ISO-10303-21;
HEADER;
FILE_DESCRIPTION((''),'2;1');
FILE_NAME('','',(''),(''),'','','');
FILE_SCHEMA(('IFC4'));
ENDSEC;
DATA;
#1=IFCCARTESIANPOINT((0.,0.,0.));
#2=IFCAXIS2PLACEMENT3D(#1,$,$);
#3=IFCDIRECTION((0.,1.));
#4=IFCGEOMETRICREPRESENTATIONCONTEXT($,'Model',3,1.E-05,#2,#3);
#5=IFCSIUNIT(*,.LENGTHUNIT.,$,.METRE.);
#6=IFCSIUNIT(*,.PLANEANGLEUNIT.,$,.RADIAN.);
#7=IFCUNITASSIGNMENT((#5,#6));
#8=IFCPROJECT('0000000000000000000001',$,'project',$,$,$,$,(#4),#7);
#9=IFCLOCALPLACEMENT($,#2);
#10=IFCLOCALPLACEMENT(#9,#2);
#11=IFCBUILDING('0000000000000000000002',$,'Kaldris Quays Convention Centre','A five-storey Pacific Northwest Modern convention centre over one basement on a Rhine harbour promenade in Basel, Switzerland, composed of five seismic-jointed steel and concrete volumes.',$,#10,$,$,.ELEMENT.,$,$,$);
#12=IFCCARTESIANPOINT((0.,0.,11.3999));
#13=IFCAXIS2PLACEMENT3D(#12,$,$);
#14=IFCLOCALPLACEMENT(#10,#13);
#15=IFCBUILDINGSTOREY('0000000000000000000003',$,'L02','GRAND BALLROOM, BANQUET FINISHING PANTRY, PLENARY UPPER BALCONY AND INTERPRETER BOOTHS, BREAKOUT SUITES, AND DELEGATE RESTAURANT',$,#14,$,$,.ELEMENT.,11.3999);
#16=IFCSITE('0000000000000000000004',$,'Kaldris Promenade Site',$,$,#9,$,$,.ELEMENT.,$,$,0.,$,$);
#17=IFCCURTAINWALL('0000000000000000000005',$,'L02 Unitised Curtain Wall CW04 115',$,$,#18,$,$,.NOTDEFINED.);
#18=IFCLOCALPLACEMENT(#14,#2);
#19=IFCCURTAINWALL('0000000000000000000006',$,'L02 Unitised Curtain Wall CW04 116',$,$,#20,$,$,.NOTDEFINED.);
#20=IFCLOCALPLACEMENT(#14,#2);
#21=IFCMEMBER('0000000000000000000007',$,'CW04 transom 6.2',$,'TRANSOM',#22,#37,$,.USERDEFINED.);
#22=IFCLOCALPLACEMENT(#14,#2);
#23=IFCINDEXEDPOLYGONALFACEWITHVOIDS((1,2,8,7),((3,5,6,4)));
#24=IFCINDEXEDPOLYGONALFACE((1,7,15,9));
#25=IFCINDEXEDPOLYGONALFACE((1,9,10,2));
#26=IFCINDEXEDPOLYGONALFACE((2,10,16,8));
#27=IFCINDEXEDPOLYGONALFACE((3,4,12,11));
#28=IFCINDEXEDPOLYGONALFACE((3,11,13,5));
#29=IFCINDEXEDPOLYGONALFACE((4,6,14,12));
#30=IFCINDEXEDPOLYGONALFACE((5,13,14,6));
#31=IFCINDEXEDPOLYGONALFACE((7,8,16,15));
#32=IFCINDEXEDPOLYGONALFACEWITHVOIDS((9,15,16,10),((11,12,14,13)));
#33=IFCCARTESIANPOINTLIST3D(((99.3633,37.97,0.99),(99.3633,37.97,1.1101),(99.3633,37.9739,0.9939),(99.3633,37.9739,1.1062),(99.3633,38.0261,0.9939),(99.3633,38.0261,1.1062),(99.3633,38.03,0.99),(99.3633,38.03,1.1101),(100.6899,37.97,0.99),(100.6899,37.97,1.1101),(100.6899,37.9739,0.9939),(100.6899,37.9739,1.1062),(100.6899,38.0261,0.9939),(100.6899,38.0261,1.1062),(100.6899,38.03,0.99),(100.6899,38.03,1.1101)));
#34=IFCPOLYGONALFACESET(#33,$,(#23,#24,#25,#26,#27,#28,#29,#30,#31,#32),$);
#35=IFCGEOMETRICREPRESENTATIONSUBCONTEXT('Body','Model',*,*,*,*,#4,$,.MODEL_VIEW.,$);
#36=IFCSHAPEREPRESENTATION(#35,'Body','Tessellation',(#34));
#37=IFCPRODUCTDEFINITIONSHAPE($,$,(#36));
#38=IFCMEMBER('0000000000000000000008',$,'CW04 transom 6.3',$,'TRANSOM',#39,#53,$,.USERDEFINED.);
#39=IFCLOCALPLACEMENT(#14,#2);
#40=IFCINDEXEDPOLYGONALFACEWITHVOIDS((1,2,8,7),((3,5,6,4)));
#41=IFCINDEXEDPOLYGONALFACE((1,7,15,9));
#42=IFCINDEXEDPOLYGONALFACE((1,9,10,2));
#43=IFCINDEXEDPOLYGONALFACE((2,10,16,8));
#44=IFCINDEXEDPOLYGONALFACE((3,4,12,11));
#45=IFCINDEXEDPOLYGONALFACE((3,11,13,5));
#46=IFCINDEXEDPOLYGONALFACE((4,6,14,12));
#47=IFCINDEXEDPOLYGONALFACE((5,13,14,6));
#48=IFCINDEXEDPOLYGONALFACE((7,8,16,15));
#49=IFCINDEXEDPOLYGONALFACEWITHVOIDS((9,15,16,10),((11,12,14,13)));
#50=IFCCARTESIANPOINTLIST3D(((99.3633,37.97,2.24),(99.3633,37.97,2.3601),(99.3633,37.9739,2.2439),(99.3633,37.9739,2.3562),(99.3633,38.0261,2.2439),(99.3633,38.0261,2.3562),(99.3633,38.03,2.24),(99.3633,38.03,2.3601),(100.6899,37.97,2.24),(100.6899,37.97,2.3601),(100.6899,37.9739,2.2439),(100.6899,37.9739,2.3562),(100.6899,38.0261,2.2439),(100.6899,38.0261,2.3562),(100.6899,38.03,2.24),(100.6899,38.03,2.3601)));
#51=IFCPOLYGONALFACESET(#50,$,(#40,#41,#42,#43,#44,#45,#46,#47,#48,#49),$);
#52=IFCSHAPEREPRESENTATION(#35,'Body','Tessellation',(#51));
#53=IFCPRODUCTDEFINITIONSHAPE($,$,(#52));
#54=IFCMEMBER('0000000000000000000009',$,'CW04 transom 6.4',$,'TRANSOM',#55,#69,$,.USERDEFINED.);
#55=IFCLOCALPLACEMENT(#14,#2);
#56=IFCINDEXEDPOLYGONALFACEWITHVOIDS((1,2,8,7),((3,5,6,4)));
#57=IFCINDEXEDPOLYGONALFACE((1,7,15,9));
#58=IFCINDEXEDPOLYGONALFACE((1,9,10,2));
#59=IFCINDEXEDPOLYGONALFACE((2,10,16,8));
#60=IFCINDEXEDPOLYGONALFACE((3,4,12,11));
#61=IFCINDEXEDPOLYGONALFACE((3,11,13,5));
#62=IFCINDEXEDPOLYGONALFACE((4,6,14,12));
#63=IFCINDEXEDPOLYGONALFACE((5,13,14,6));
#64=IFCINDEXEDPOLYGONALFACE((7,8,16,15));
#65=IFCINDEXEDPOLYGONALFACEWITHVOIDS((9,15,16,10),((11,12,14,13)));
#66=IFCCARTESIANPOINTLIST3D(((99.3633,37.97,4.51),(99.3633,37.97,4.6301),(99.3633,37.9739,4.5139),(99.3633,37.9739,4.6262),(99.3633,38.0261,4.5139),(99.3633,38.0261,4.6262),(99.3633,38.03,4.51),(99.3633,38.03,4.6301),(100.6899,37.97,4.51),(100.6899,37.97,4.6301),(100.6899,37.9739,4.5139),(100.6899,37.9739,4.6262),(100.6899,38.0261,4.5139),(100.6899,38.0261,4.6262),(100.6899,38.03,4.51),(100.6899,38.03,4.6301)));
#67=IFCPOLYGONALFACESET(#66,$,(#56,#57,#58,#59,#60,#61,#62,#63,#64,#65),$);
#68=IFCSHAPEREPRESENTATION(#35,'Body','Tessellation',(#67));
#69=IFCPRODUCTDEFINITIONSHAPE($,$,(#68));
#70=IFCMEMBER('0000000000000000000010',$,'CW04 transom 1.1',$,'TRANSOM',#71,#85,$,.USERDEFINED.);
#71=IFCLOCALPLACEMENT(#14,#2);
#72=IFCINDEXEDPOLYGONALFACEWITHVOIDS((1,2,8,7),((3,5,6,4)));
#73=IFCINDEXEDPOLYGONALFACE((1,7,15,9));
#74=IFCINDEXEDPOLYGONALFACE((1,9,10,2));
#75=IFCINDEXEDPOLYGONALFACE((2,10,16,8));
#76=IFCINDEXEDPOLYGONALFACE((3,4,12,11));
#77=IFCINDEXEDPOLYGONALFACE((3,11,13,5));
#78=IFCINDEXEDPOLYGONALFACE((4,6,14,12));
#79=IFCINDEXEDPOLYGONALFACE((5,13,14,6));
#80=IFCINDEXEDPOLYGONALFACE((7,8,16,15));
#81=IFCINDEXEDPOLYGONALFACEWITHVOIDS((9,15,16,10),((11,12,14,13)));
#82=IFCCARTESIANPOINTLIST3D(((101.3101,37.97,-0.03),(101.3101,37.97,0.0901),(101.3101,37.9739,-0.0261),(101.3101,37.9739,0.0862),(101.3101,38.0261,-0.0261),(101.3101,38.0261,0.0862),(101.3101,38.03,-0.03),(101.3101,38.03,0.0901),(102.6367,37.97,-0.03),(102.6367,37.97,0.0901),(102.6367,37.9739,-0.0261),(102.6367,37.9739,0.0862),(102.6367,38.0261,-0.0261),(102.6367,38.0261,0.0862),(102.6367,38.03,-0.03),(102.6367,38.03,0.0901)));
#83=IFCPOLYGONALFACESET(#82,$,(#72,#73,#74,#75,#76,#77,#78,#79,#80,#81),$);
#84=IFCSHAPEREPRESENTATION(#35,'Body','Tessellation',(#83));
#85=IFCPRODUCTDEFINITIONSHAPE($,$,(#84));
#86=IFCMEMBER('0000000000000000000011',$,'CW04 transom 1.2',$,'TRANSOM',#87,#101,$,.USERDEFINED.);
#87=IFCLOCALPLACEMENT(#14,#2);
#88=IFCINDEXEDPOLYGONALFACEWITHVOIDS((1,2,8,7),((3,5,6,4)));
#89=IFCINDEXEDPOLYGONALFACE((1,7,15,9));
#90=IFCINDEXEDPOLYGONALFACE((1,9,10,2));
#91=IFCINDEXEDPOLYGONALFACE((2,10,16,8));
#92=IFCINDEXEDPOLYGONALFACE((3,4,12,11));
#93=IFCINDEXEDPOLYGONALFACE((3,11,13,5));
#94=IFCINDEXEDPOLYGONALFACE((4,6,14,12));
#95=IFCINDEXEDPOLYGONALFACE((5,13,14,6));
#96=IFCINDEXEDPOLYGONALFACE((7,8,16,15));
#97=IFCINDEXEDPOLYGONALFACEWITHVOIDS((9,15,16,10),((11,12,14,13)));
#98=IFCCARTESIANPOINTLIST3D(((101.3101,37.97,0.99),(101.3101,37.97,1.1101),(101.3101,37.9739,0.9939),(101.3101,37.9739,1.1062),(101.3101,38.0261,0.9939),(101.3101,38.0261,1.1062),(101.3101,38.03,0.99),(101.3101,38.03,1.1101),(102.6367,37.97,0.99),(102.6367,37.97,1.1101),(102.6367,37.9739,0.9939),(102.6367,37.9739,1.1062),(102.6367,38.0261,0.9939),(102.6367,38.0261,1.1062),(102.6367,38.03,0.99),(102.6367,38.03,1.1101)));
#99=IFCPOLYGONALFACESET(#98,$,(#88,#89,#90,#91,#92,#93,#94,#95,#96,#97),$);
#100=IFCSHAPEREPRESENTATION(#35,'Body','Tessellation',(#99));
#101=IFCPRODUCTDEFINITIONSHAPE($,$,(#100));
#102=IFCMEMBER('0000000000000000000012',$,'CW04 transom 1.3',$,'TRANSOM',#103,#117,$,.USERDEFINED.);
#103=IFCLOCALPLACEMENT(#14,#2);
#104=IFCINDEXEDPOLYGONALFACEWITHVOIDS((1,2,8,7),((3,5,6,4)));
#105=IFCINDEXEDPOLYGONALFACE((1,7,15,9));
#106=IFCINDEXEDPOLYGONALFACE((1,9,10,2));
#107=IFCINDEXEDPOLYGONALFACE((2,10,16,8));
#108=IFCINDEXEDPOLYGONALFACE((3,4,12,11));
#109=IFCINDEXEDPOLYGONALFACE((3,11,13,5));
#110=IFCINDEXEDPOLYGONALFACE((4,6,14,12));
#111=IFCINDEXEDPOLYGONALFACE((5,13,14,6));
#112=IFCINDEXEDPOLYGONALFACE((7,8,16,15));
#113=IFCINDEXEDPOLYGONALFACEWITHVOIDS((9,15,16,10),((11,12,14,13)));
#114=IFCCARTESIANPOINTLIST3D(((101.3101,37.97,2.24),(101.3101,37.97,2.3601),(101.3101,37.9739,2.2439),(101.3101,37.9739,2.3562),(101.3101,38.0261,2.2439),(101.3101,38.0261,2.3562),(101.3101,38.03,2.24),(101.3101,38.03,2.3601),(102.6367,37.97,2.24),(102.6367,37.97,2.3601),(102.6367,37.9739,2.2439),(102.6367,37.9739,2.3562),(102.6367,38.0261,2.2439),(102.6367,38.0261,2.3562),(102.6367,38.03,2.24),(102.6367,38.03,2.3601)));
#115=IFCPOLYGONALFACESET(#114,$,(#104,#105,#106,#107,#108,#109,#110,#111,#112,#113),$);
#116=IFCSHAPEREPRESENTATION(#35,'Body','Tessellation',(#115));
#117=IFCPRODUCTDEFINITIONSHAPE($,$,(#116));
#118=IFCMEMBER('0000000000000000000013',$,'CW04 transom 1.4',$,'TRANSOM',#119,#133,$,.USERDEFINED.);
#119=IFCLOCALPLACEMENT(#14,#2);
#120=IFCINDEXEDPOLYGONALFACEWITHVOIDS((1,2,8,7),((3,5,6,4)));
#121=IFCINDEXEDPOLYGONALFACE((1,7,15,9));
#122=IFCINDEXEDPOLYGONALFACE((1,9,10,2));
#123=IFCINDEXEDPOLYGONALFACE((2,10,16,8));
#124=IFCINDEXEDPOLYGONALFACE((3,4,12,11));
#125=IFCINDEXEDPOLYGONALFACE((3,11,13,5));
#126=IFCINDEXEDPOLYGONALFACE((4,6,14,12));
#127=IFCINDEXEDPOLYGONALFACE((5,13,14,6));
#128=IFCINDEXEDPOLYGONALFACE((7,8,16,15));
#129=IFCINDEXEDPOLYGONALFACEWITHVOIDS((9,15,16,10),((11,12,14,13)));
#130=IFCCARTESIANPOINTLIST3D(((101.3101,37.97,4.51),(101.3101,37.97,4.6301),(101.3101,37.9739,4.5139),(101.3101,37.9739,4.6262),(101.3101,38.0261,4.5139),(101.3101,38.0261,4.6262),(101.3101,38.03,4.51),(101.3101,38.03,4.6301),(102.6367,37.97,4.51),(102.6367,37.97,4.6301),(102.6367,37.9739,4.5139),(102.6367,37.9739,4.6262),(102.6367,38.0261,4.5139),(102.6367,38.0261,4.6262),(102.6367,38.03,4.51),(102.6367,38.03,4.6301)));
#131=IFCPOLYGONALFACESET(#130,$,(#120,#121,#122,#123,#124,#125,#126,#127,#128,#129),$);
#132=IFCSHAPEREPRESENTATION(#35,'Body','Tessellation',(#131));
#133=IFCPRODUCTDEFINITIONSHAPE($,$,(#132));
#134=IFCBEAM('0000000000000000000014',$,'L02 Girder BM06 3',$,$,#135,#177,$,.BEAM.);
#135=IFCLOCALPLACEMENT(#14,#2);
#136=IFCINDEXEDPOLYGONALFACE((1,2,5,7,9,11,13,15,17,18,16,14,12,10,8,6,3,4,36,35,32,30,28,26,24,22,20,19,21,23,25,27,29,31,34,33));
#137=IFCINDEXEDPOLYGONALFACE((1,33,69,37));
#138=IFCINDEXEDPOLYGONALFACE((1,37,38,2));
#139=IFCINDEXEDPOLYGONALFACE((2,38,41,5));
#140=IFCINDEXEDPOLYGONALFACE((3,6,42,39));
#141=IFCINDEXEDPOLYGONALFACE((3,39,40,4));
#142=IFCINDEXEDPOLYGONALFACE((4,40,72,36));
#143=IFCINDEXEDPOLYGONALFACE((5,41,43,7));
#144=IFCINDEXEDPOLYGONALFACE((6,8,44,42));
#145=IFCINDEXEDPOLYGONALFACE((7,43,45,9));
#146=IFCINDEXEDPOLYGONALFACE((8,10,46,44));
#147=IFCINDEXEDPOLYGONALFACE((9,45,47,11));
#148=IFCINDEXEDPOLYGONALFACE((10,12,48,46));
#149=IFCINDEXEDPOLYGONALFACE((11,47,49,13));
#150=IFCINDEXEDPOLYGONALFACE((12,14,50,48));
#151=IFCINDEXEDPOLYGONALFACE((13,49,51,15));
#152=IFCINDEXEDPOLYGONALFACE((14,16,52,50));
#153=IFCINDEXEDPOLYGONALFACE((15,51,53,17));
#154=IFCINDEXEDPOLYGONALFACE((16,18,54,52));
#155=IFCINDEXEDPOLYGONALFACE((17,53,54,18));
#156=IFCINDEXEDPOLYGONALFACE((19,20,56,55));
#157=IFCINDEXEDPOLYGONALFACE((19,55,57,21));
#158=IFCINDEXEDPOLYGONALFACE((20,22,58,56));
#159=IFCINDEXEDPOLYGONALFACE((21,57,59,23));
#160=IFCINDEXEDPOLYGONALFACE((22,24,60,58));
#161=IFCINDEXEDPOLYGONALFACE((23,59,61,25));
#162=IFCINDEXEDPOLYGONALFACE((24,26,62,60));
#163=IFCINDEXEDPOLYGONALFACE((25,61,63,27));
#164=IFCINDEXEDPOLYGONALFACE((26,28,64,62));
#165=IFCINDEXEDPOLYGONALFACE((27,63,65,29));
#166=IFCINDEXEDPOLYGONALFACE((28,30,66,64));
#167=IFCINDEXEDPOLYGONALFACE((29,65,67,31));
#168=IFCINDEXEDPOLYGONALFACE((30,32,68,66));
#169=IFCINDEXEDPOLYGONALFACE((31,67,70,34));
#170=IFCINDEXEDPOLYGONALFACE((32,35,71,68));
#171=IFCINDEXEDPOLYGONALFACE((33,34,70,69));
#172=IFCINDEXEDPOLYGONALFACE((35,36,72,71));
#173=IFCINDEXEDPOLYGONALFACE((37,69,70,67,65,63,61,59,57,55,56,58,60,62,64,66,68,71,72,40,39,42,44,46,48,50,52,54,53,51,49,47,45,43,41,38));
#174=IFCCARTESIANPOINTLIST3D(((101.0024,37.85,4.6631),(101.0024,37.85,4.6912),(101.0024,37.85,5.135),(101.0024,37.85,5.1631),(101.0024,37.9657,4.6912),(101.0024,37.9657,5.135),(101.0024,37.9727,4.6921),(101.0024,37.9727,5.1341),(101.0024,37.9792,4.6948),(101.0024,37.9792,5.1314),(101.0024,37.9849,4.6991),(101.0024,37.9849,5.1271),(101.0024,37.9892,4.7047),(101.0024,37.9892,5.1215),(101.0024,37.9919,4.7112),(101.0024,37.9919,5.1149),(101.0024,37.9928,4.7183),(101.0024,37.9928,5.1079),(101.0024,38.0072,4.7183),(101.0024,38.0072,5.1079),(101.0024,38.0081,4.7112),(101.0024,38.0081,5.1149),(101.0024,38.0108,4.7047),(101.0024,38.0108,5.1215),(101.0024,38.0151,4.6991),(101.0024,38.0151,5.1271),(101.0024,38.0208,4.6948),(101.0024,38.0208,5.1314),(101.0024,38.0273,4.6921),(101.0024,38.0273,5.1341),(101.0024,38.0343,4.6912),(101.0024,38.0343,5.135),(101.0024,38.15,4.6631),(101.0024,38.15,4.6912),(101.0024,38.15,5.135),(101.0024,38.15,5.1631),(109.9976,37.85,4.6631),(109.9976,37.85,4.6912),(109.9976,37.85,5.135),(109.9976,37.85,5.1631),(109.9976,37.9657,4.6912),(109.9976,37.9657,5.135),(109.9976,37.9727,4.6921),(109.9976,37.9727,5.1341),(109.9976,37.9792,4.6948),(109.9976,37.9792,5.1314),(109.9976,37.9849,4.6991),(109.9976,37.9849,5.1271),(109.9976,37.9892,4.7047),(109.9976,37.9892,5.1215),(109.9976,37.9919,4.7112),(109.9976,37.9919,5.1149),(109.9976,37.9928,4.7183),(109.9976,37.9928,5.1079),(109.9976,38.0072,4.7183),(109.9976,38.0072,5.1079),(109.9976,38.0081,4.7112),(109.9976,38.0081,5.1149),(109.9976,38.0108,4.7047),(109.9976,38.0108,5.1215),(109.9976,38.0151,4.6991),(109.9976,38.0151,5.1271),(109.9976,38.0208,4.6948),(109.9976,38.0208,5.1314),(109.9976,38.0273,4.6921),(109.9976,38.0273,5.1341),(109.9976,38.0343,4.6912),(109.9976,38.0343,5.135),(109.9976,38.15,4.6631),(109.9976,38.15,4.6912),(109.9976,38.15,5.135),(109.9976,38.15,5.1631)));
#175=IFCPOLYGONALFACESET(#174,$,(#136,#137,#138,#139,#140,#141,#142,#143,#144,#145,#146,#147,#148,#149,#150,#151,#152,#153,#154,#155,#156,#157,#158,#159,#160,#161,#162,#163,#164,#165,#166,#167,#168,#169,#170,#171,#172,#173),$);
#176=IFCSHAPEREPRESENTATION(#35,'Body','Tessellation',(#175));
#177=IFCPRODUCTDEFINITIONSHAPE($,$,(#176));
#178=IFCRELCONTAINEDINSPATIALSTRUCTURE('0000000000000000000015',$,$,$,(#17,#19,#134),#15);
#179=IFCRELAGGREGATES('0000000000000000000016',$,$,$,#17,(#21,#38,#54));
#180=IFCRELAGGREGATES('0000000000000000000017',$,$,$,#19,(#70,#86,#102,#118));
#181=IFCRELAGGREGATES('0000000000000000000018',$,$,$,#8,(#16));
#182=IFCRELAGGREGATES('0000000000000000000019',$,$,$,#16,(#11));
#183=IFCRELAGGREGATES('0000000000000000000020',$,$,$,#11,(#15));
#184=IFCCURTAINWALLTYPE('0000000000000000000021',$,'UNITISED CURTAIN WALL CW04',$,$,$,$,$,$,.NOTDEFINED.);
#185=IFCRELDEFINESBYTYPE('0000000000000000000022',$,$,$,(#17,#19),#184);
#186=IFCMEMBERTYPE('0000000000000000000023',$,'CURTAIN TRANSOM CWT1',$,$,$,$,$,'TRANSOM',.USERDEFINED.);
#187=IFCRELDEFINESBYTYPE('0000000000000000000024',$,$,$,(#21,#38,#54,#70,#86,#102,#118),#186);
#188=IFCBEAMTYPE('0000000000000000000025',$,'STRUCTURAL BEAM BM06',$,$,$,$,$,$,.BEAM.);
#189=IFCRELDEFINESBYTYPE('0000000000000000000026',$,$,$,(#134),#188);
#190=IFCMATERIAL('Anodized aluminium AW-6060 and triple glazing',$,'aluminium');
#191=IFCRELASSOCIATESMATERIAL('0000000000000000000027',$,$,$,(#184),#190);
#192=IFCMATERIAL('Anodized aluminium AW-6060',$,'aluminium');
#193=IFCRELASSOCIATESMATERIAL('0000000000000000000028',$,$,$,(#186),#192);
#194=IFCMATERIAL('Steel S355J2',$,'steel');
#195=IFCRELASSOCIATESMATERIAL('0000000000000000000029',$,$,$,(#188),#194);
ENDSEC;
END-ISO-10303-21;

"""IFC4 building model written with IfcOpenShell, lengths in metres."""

from ifc_helpers import new_model, si_unit, direction, frame, origin, origin_2d, place, context, subcontext, project, spatial, hollow_rectangle, i_section, extrude, material, material_profile, profile_set, type_object, element, aggregate, save


model = new_model("IFC4")

# Units and contexts
model_context = context("Model", 3, precision=1e-05, world=origin(), true_north=direction((0.0, 1.0)))
body_context = subcontext(model_context, "Body", "Model", "MODEL_VIEW")
ifc_project = project(units=[si_unit("LENGTHUNIT", "METRE"), si_unit("PLANEANGLEUNIT", "RADIAN")], contexts=[model_context])

# Site, building, storey
site_placement = place(None, origin())
site = spatial("IfcSite", under=ifc_project, at=site_placement, Name="Kaldris Promenade Site", CompositionType="ELEMENT", RefElevation=0.0)
building_placement = place(site_placement, origin())
building = spatial("IfcBuilding", under=site, at=building_placement, Name="Kaldris Quays Convention Centre", Description="A five-storey Pacific Northwest Modern convention centre over one basement on a Rhine harbour promenade in Basel, Switzerland, composed of five seismic-jointed steel and concrete volumes.", CompositionType="ELEMENT")
storey_placement = place(building_placement, frame((0.0, 0.0, 11.3999)))
storey = spatial("IfcBuildingStorey", under=building, at=storey_placement, Name="L02", Description="GRAND BALLROOM, BANQUET FINISHING PANTRY, PLENARY UPPER BALCONY AND INTERPRETER BOOTHS, BREAKOUT SUITES, AND DELEGATE RESTAURANT", CompositionType="ELEMENT", Elevation=11.3999)

# Shared definitions
ifc_material_1 = material(Name="Steel S355J2", Category="steel")

# Curtain wall
ifc_material_2 = material(Name="Anodized aluminium AW-6060 and triple glazing", Category="aluminium")
curtain_wall_type = type_object("IfcCurtainWallType", Name="UNITISED CURTAIN WALL CW04", PredefinedType="NOTDEFINED", material=ifc_material_2)
curtain_wall_1_placement = place(storey_placement, origin())
curtain_wall_1 = element("IfcCurtainWall", 1, at=curtain_wall_1_placement, inside=storey, type_object=curtain_wall_type, Name="L02 Unitised Curtain Wall CW04 115", PredefinedType="NOTDEFINED")
ifc_material_3 = material(Name="Anodized aluminium AW-6060", Category="aluminium")

# Curtain wall
curtain_wall_2_placement = place(storey_placement, origin())
curtain_wall_2 = element("IfcCurtainWall", 2, at=curtain_wall_2_placement, inside=storey, type_object=curtain_wall_type, Name="L02 Unitised Curtain Wall CW04 116", PredefinedType="NOTDEFINED")

# Members
ifc_material_profile_1 = material_profile(ifc_material_3, hollow_rectangle(XDim=0.0601, YDim=0.1201, WallThickness=0.0039, at=origin_2d()), Name="RHS 120x60x4")
ifc_profile_set_1 = profile_set([ifc_material_profile_1], Name="Anodized aluminium AW-6060")
member_type_1 = type_object("IfcMemberType", Name="CURTAIN TRANSOM CWT1", ElementType="TRANSOM", PredefinedType="USERDEFINED", material=ifc_profile_set_1)
member_1_placement = place(storey_placement, frame((99.3633, 38.0, 1.05), z_axis=(1.0, 0.0, 0.0), x_axis=(0.0, 1.0, 0.0)))
member_1 = element("IfcMember", 3, at=member_1_placement, type_object=member_type_1, Name="CW04 transom 6.2", ObjectType="TRANSOM", PredefinedType="USERDEFINED", context=body_context, shape_type="SweptSolid", body=[
    extrude(hollow_rectangle(XDim=0.0601, YDim=0.1201, WallThickness=0.0039, at=origin_2d()), origin(), (0.0, 0.0, 1.0), 1.3267),
])
member_2_placement = place(storey_placement, frame((99.3633, 38.0, 2.3), z_axis=(1.0, 0.0, 0.0), x_axis=(0.0, 1.0, 0.0)))
member_2 = element("IfcMember", 4, at=member_2_placement, type_object=member_type_1, Name="CW04 transom 6.3", ObjectType="TRANSOM", PredefinedType="USERDEFINED", context=body_context, shape_type="SweptSolid", body=[
    extrude(hollow_rectangle(XDim=0.0601, YDim=0.1201, WallThickness=0.0039, at=origin_2d()), origin(), (0.0, 0.0, 1.0), 1.3267),
])
member_3_placement = place(storey_placement, frame((99.3633, 38.0, 4.5701), z_axis=(1.0, 0.0, 0.0), x_axis=(0.0, 1.0, 0.0)))
member_3 = element("IfcMember", 5, at=member_3_placement, type_object=member_type_1, Name="CW04 transom 6.4", ObjectType="TRANSOM", PredefinedType="USERDEFINED", context=body_context, shape_type="SweptSolid", body=[
    extrude(hollow_rectangle(XDim=0.0601, YDim=0.1201, WallThickness=0.0039, at=origin_2d()), origin(), (0.0, 0.0, 1.0), 1.3267),
])
member_4_placement = place(storey_placement, frame((101.3101, 38.0, 0.03), z_axis=(1.0, 0.0, 0.0), x_axis=(0.0, 1.0, 0.0)))
member_4 = element("IfcMember", 6, at=member_4_placement, type_object=member_type_1, Name="CW04 transom 1.1", ObjectType="TRANSOM", PredefinedType="USERDEFINED", context=body_context, shape_type="SweptSolid", body=[
    extrude(hollow_rectangle(XDim=0.0601, YDim=0.1201, WallThickness=0.0039, at=origin_2d()), origin(), (0.0, 0.0, 1.0), 1.3267),
])
member_5_placement = place(storey_placement, frame((101.3101, 38.0, 1.05), z_axis=(1.0, 0.0, 0.0), x_axis=(0.0, 1.0, 0.0)))
member_5 = element("IfcMember", 7, at=member_5_placement, type_object=member_type_1, Name="CW04 transom 1.2", ObjectType="TRANSOM", PredefinedType="USERDEFINED", context=body_context, shape_type="SweptSolid", body=[
    extrude(hollow_rectangle(XDim=0.0601, YDim=0.1201, WallThickness=0.0039, at=origin_2d()), origin(), (0.0, 0.0, 1.0), 1.3267),
])
member_6_placement = place(storey_placement, frame((101.3101, 38.0, 2.3), z_axis=(1.0, 0.0, 0.0), x_axis=(0.0, 1.0, 0.0)))
member_6 = element("IfcMember", 8, at=member_6_placement, type_object=member_type_1, Name="CW04 transom 1.3", ObjectType="TRANSOM", PredefinedType="USERDEFINED", context=body_context, shape_type="SweptSolid", body=[
    extrude(hollow_rectangle(XDim=0.0601, YDim=0.1201, WallThickness=0.0039, at=origin_2d()), origin(), (0.0, 0.0, 1.0), 1.3267),
])
member_7_placement = place(storey_placement, frame((101.3101, 38.0, 4.5701), z_axis=(1.0, 0.0, 0.0), x_axis=(0.0, 1.0, 0.0)))
member_7 = element("IfcMember", 9, at=member_7_placement, type_object=member_type_1, Name="CW04 transom 1.4", ObjectType="TRANSOM", PredefinedType="USERDEFINED", context=body_context, shape_type="SweptSolid", body=[
    extrude(hollow_rectangle(XDim=0.0601, YDim=0.1201, WallThickness=0.0039, at=origin_2d()), origin(), (0.0, 0.0, 1.0), 1.3267),
])

# Beam
ifc_material_profile_2 = material_profile(ifc_material_1, i_section(OverallWidth=0.3, OverallDepth=0.5, WebThickness=0.0144, FlangeThickness=0.0281, FilletRadius=0.0271, at=origin_2d()), Name="HEB 500")
ifc_profile_set_2 = profile_set([ifc_material_profile_2], Name="Steel S355J2")
beam_type = type_object("IfcBeamType", Name="STRUCTURAL BEAM BM06", PredefinedType="BEAM", material=ifc_profile_set_2)
beam_placement = place(storey_placement, frame((101.0024, 38.0, 4.9131), z_axis=(1.0, 0.0, 0.0), x_axis=(0.0, 1.0, 0.0)))
element("IfcBeam", 10, at=beam_placement, inside=storey, type_object=beam_type, Name="L02 Girder BM06 3", PredefinedType="BEAM", context=body_context, shape_type="SweptSolid", body=[
    extrude(i_section(OverallWidth=0.3, OverallDepth=0.5, WebThickness=0.0144, FlangeThickness=0.0281, FilletRadius=0.0271, at=origin_2d()), origin(), (0.0, 0.0, 1.0), 8.9951),
])

aggregate(curtain_wall_1, [member_1, member_2, member_3])
aggregate(curtain_wall_2, [member_4, member_5, member_6, member_7])

save(model, "model.ifc")
